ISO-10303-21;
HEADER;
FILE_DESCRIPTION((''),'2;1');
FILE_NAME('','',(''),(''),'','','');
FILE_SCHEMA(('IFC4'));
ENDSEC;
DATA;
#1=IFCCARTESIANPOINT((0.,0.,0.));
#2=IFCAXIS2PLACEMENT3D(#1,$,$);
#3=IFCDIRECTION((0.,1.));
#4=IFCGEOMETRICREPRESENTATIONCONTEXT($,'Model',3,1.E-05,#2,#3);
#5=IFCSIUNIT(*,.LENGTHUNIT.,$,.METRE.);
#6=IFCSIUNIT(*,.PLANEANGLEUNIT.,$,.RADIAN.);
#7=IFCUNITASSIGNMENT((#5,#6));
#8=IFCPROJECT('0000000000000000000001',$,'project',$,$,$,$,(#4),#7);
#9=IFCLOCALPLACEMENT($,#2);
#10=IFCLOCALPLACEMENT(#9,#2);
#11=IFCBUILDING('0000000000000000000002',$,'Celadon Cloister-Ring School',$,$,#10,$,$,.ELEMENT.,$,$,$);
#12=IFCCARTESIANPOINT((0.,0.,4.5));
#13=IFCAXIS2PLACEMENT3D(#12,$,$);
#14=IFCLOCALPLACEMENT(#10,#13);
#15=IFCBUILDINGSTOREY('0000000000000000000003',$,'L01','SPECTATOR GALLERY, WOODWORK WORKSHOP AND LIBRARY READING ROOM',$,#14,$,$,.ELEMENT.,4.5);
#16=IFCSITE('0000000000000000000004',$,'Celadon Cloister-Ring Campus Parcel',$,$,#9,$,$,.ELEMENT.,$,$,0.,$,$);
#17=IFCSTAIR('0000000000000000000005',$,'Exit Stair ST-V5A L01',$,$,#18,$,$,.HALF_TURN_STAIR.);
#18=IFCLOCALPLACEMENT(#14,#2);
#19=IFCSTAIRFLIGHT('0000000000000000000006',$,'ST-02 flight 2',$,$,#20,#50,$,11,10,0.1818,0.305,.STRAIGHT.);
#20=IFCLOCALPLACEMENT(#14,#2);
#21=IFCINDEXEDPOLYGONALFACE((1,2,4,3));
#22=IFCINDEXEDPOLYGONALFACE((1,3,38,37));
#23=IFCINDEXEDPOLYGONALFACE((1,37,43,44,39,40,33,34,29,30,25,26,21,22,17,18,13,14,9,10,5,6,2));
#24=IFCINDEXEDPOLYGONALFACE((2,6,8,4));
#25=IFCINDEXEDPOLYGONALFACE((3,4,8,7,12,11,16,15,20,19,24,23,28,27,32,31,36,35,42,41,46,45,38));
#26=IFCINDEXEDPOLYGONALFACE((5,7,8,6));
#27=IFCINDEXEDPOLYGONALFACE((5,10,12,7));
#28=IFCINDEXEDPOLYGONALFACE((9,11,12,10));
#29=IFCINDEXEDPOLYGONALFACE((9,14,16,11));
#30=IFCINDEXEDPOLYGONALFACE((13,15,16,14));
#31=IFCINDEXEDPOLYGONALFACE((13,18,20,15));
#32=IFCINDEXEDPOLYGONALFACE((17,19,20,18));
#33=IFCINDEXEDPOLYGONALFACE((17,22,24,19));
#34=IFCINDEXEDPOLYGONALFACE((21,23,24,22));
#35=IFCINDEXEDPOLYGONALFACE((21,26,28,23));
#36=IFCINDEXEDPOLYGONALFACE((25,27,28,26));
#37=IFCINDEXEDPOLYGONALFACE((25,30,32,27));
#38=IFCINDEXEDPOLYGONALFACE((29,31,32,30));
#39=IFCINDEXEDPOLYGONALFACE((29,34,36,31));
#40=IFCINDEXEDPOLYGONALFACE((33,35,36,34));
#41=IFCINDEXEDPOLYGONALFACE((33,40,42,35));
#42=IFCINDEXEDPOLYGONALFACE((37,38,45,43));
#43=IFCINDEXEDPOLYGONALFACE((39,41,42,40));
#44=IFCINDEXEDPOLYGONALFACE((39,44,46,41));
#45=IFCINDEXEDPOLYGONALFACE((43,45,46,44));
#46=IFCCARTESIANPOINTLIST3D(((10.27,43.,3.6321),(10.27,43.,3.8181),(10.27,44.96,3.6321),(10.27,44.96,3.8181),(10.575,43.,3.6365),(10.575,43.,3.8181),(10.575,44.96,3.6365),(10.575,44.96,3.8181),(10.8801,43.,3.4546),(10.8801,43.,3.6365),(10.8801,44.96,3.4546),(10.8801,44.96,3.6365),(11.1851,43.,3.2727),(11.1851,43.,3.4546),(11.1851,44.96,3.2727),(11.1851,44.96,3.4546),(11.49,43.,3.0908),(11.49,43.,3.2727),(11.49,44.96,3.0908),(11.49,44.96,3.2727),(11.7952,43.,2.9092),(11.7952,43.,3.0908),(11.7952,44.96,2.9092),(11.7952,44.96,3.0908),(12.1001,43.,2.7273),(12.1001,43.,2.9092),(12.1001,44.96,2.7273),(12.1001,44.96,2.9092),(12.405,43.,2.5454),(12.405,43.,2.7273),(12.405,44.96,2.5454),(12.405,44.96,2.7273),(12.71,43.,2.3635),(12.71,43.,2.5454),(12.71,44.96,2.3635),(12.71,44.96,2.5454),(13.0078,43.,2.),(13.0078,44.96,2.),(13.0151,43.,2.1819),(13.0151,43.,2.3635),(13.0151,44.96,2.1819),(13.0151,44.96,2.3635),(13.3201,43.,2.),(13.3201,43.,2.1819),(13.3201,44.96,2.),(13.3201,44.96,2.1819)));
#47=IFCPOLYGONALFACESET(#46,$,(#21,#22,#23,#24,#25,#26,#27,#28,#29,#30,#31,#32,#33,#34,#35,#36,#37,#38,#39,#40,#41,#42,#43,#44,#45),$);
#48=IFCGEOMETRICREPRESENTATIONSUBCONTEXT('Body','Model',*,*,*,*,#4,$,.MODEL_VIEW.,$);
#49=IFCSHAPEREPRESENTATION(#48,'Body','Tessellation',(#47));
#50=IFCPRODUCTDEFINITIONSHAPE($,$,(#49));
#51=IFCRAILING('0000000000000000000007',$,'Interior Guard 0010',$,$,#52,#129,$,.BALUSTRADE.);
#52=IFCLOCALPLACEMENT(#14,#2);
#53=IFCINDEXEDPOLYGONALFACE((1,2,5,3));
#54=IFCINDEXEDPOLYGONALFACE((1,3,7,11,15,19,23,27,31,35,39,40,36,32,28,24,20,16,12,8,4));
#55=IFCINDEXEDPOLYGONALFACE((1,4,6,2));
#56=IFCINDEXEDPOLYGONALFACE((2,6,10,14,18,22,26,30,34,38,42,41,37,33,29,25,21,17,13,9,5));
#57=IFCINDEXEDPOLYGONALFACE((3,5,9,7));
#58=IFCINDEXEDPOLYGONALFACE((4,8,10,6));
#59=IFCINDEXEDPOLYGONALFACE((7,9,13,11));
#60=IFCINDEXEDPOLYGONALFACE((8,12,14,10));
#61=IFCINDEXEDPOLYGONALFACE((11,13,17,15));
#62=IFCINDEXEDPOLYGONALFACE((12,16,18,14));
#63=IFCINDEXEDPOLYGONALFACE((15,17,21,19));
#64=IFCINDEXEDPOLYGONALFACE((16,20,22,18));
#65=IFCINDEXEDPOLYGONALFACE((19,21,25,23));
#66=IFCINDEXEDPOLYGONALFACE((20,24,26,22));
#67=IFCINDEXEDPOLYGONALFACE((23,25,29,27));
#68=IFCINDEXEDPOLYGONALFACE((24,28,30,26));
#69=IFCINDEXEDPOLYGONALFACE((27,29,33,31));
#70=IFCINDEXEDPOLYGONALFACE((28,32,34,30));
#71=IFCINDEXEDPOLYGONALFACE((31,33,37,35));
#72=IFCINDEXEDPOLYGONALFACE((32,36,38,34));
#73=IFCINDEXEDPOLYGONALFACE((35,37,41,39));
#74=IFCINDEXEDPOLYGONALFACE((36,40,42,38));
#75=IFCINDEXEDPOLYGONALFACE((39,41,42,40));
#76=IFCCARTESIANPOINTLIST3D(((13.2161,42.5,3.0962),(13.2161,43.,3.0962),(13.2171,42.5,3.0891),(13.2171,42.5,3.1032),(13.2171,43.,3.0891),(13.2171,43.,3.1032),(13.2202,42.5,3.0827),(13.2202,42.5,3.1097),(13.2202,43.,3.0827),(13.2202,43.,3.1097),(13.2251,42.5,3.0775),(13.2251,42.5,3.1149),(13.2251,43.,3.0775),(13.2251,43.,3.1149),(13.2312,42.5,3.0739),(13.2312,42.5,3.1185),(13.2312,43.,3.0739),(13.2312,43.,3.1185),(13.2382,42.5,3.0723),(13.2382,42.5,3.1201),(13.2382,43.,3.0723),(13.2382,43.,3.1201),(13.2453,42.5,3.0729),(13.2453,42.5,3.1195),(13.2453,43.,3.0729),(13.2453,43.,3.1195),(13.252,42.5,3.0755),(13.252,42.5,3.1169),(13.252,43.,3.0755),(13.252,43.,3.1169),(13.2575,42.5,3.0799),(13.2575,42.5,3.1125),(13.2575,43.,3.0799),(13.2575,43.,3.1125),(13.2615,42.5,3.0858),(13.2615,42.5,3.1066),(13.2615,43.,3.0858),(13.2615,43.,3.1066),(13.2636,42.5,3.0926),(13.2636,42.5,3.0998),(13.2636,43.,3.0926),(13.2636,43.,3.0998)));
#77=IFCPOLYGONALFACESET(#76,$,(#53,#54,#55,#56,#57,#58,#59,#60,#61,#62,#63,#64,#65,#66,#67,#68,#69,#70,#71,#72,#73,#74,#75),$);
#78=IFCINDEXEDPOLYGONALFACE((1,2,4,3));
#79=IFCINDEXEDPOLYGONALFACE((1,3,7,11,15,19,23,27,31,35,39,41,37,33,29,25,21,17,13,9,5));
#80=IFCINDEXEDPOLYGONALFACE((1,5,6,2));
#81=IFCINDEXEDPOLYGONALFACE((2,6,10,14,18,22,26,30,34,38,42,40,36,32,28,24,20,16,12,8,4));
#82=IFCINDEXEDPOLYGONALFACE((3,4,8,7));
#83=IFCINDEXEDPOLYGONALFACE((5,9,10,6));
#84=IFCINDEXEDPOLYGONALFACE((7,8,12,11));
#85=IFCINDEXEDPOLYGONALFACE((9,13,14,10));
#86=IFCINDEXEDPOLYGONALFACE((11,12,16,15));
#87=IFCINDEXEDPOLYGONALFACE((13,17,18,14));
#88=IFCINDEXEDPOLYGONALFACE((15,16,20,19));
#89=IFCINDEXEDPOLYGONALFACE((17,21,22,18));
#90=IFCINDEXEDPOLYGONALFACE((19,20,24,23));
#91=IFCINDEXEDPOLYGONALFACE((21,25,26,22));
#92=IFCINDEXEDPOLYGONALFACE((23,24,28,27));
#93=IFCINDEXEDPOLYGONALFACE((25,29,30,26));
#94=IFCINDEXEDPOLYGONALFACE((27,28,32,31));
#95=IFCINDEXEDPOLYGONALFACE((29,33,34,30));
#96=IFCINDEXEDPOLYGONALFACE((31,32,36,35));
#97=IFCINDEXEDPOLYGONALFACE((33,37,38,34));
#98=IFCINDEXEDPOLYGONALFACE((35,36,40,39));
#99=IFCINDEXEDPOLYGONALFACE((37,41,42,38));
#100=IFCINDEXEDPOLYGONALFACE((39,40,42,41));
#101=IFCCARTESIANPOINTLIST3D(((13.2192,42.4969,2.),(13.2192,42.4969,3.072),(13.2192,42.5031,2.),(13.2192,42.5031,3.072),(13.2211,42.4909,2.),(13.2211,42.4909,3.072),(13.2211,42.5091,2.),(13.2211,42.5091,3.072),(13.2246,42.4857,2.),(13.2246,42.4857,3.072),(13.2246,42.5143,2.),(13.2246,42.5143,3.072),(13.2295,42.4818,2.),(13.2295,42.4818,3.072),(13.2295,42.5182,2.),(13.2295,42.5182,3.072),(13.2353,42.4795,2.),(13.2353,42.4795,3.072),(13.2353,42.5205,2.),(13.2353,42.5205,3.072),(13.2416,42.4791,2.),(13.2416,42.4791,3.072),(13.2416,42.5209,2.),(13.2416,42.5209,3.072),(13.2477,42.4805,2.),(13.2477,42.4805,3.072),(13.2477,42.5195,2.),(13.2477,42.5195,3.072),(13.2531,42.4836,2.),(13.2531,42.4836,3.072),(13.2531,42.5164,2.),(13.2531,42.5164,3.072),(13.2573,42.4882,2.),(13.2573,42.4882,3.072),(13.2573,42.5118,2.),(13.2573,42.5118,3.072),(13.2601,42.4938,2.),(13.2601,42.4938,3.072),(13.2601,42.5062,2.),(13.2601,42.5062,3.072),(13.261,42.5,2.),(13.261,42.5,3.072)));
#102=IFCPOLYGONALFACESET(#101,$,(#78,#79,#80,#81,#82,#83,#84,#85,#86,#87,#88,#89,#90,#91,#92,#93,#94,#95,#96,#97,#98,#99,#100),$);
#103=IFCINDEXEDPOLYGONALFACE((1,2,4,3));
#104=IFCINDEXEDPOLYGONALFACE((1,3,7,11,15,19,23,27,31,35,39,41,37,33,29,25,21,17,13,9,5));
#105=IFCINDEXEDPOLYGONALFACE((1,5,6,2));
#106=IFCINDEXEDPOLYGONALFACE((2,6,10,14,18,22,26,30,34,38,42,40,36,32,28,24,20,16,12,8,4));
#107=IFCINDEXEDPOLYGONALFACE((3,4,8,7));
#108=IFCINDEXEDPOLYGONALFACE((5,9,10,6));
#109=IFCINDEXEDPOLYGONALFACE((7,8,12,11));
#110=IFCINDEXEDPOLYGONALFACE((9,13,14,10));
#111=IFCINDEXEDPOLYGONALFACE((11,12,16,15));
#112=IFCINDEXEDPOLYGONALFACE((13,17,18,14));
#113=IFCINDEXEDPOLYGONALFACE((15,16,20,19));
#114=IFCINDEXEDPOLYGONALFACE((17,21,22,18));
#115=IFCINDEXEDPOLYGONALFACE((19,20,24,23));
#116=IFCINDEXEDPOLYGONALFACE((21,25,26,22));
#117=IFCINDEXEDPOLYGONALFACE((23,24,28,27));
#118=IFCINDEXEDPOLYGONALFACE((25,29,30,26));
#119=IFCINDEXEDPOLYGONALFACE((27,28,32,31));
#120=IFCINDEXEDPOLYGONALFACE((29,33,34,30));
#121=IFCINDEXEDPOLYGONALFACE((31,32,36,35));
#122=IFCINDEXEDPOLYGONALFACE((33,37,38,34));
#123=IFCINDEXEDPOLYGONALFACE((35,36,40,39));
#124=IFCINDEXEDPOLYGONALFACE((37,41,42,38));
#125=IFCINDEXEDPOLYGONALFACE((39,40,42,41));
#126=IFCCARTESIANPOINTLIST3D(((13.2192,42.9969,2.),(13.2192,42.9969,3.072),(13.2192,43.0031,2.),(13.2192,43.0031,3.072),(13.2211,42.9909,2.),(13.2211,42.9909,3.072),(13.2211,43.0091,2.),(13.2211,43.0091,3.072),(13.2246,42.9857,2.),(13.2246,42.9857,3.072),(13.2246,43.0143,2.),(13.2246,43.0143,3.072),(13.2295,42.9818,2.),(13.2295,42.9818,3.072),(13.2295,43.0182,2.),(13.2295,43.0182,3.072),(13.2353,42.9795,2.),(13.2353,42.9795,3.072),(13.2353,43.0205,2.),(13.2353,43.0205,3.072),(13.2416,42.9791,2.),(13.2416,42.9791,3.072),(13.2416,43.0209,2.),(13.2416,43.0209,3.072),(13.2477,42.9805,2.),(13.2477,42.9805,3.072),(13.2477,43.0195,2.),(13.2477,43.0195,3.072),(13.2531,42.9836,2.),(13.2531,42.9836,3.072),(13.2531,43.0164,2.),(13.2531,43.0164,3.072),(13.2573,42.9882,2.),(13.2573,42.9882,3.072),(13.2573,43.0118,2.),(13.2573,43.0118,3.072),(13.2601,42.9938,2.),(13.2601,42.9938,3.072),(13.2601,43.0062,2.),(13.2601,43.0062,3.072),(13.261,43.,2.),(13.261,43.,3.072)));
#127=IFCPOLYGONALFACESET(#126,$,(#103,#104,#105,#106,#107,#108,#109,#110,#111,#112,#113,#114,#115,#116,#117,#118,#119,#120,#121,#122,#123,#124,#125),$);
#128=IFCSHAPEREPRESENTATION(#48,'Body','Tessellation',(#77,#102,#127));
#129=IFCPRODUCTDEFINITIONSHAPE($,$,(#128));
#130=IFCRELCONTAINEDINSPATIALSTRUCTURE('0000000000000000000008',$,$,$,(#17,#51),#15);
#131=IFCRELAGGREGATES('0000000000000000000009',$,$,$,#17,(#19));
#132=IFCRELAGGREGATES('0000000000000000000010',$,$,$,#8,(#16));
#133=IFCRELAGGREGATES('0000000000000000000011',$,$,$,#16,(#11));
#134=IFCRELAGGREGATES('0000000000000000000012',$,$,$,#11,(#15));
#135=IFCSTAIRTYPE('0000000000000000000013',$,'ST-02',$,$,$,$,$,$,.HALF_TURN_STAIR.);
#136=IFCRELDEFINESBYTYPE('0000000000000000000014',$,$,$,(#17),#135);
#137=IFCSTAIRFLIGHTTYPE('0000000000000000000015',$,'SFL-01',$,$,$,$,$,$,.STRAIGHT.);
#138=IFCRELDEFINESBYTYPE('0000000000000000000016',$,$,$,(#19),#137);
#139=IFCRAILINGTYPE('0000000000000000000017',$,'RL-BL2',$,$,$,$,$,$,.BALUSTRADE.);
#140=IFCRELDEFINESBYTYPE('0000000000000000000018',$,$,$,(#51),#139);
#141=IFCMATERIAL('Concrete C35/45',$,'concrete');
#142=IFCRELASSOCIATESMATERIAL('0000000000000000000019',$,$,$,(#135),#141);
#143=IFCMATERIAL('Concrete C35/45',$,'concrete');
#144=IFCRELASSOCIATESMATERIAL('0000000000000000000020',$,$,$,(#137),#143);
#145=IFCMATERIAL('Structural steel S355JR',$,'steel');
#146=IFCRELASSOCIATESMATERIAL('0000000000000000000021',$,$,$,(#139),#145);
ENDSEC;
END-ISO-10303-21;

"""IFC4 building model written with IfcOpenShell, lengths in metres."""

from ifc_helpers import new_model, si_unit, direction, frame, origin, origin_2d, place, context, subcontext, project, spatial, polyline, circle, outline, extrude, material, type_object, element, aggregate, save


model = new_model("IFC4")

# Units and contexts
model_context = context("Model", 3, precision=1e-05, world=origin(), true_north=direction((0.0, 1.0)))
body_context = subcontext(model_context, "Body", "Model", "MODEL_VIEW")
ifc_project = project(units=[si_unit("LENGTHUNIT", "METRE"), si_unit("PLANEANGLEUNIT", "RADIAN")], contexts=[model_context])

# Site, building, storey
site_placement = place(None, origin())
site = spatial("IfcSite", under=ifc_project, at=site_placement, Name="Celadon Cloister-Ring Campus Parcel", CompositionType="ELEMENT", RefElevation=0.0)
building_placement = place(site_placement, origin())
building = spatial("IfcBuilding", under=site, at=building_placement, Name="Celadon Cloister-Ring School", CompositionType="ELEMENT")
storey_placement = place(building_placement, frame((0.0, 0.0, 4.5)))
storey = spatial("IfcBuildingStorey", under=building, at=storey_placement, Name="L01", Description="SPECTATOR GALLERY, WOODWORK WORKSHOP AND LIBRARY READING ROOM", CompositionType="ELEMENT", Elevation=4.5)

# Stair, stair flight
ifc_material_1 = material(Name="Concrete C35/45", Category="concrete")
stair_type = type_object("IfcStairType", Name="ST-02", PredefinedType="HALF_TURN_STAIR", material=ifc_material_1)
stair_placement = place(storey_placement, origin())
stair = element("IfcStair", 1, at=stair_placement, inside=storey, type_object=stair_type, Name="Exit Stair ST-V5A L01", PredefinedType="HALF_TURN_STAIR")
ifc_material_2 = material(Name="Concrete C35/45", Category="concrete")
stair_flight_type = type_object("IfcStairFlightType", Name="SFL-01", PredefinedType="STRAIGHT", material=ifc_material_2)
stair_flight_1_placement = place(storey_placement, frame((13.3201, 43.98, 2.0), z_axis=(0.0, 0.0, 1.0), x_axis=(-1.0, 0.0, 0.0)))
stair_flight_1 = element("IfcStairFlight", 2, at=stair_flight_1_placement, type_object=stair_flight_type, Name="ST-02 flight 2", NumberOfRisers=11, NumberOfTreads=10, PredefinedType="STRAIGHT", RiserHeight=0.1818, TreadLength=0.305, context=body_context, shape_type="SweptSolid", body=[
    extrude(outline(polyline([(0.0, 0.0), (0.0, 0.1819), (0.3049, 0.1819), (0.3049, 0.3635), (0.6101, 0.3635), (0.6101, 0.5454), (0.915, 0.5454), (0.915, 0.7273), (1.22, 0.7273), (1.22, 0.9092), (1.5249, 0.9092), (1.5249, 1.0908), (1.8301, 1.0908), (1.8301, 1.2727), (2.135, 1.2727), (2.135, 1.4546), (2.4399, 1.4546), (2.4399, 1.6365), (2.7451, 1.6365), (2.7451, 1.8181), (3.05, 1.8181), (3.05, 2.0), (3.05, 1.6321), (0.3123, 0.0), (0.0, 0.0)])), frame((0.0, 0.98, 0.0), z_axis=(0.0, -1.0, 0.0), x_axis=(1.0, 0.0, 0.0)), (0.0, 0.0, 1.0), 1.96),
])
aggregate(stair, [stair_flight_1])

# Railing
ifc_material_3 = material(Name="Structural steel S355JR", Category="steel")
railing_type_1 = type_object("IfcRailingType", Name="RL-BL2", PredefinedType="BALUSTRADE", material=ifc_material_3)
railing_1_placement = place(storey_placement, frame((13.24, 42.5, 2.0)))
element("IfcRailing", 3, at=railing_1_placement, inside=storey, type_object=railing_type_1, Name="Interior Guard 0010", PredefinedType="BALUSTRADE", context=body_context, shape_type="SweptSolid", body=[
    extrude(circle(Radius=0.0239, at=origin_2d()), frame((0.0, 0.0, 1.0962), z_axis=(0.0, 1.0, 0.0), x_axis=(-1.0, 0.0, 0.0)), (0.0, 0.0, 1.0), 0.5),
    extrude(circle(Radius=0.021, at=origin_2d()), origin(), (0.0, 0.0, 1.0), 1.072),
    extrude(circle(Radius=0.021, at=origin_2d()), frame((0.0, 0.5, 0.0)), (0.0, 0.0, 1.0), 1.072),
])

save(model, "model.ifc")
